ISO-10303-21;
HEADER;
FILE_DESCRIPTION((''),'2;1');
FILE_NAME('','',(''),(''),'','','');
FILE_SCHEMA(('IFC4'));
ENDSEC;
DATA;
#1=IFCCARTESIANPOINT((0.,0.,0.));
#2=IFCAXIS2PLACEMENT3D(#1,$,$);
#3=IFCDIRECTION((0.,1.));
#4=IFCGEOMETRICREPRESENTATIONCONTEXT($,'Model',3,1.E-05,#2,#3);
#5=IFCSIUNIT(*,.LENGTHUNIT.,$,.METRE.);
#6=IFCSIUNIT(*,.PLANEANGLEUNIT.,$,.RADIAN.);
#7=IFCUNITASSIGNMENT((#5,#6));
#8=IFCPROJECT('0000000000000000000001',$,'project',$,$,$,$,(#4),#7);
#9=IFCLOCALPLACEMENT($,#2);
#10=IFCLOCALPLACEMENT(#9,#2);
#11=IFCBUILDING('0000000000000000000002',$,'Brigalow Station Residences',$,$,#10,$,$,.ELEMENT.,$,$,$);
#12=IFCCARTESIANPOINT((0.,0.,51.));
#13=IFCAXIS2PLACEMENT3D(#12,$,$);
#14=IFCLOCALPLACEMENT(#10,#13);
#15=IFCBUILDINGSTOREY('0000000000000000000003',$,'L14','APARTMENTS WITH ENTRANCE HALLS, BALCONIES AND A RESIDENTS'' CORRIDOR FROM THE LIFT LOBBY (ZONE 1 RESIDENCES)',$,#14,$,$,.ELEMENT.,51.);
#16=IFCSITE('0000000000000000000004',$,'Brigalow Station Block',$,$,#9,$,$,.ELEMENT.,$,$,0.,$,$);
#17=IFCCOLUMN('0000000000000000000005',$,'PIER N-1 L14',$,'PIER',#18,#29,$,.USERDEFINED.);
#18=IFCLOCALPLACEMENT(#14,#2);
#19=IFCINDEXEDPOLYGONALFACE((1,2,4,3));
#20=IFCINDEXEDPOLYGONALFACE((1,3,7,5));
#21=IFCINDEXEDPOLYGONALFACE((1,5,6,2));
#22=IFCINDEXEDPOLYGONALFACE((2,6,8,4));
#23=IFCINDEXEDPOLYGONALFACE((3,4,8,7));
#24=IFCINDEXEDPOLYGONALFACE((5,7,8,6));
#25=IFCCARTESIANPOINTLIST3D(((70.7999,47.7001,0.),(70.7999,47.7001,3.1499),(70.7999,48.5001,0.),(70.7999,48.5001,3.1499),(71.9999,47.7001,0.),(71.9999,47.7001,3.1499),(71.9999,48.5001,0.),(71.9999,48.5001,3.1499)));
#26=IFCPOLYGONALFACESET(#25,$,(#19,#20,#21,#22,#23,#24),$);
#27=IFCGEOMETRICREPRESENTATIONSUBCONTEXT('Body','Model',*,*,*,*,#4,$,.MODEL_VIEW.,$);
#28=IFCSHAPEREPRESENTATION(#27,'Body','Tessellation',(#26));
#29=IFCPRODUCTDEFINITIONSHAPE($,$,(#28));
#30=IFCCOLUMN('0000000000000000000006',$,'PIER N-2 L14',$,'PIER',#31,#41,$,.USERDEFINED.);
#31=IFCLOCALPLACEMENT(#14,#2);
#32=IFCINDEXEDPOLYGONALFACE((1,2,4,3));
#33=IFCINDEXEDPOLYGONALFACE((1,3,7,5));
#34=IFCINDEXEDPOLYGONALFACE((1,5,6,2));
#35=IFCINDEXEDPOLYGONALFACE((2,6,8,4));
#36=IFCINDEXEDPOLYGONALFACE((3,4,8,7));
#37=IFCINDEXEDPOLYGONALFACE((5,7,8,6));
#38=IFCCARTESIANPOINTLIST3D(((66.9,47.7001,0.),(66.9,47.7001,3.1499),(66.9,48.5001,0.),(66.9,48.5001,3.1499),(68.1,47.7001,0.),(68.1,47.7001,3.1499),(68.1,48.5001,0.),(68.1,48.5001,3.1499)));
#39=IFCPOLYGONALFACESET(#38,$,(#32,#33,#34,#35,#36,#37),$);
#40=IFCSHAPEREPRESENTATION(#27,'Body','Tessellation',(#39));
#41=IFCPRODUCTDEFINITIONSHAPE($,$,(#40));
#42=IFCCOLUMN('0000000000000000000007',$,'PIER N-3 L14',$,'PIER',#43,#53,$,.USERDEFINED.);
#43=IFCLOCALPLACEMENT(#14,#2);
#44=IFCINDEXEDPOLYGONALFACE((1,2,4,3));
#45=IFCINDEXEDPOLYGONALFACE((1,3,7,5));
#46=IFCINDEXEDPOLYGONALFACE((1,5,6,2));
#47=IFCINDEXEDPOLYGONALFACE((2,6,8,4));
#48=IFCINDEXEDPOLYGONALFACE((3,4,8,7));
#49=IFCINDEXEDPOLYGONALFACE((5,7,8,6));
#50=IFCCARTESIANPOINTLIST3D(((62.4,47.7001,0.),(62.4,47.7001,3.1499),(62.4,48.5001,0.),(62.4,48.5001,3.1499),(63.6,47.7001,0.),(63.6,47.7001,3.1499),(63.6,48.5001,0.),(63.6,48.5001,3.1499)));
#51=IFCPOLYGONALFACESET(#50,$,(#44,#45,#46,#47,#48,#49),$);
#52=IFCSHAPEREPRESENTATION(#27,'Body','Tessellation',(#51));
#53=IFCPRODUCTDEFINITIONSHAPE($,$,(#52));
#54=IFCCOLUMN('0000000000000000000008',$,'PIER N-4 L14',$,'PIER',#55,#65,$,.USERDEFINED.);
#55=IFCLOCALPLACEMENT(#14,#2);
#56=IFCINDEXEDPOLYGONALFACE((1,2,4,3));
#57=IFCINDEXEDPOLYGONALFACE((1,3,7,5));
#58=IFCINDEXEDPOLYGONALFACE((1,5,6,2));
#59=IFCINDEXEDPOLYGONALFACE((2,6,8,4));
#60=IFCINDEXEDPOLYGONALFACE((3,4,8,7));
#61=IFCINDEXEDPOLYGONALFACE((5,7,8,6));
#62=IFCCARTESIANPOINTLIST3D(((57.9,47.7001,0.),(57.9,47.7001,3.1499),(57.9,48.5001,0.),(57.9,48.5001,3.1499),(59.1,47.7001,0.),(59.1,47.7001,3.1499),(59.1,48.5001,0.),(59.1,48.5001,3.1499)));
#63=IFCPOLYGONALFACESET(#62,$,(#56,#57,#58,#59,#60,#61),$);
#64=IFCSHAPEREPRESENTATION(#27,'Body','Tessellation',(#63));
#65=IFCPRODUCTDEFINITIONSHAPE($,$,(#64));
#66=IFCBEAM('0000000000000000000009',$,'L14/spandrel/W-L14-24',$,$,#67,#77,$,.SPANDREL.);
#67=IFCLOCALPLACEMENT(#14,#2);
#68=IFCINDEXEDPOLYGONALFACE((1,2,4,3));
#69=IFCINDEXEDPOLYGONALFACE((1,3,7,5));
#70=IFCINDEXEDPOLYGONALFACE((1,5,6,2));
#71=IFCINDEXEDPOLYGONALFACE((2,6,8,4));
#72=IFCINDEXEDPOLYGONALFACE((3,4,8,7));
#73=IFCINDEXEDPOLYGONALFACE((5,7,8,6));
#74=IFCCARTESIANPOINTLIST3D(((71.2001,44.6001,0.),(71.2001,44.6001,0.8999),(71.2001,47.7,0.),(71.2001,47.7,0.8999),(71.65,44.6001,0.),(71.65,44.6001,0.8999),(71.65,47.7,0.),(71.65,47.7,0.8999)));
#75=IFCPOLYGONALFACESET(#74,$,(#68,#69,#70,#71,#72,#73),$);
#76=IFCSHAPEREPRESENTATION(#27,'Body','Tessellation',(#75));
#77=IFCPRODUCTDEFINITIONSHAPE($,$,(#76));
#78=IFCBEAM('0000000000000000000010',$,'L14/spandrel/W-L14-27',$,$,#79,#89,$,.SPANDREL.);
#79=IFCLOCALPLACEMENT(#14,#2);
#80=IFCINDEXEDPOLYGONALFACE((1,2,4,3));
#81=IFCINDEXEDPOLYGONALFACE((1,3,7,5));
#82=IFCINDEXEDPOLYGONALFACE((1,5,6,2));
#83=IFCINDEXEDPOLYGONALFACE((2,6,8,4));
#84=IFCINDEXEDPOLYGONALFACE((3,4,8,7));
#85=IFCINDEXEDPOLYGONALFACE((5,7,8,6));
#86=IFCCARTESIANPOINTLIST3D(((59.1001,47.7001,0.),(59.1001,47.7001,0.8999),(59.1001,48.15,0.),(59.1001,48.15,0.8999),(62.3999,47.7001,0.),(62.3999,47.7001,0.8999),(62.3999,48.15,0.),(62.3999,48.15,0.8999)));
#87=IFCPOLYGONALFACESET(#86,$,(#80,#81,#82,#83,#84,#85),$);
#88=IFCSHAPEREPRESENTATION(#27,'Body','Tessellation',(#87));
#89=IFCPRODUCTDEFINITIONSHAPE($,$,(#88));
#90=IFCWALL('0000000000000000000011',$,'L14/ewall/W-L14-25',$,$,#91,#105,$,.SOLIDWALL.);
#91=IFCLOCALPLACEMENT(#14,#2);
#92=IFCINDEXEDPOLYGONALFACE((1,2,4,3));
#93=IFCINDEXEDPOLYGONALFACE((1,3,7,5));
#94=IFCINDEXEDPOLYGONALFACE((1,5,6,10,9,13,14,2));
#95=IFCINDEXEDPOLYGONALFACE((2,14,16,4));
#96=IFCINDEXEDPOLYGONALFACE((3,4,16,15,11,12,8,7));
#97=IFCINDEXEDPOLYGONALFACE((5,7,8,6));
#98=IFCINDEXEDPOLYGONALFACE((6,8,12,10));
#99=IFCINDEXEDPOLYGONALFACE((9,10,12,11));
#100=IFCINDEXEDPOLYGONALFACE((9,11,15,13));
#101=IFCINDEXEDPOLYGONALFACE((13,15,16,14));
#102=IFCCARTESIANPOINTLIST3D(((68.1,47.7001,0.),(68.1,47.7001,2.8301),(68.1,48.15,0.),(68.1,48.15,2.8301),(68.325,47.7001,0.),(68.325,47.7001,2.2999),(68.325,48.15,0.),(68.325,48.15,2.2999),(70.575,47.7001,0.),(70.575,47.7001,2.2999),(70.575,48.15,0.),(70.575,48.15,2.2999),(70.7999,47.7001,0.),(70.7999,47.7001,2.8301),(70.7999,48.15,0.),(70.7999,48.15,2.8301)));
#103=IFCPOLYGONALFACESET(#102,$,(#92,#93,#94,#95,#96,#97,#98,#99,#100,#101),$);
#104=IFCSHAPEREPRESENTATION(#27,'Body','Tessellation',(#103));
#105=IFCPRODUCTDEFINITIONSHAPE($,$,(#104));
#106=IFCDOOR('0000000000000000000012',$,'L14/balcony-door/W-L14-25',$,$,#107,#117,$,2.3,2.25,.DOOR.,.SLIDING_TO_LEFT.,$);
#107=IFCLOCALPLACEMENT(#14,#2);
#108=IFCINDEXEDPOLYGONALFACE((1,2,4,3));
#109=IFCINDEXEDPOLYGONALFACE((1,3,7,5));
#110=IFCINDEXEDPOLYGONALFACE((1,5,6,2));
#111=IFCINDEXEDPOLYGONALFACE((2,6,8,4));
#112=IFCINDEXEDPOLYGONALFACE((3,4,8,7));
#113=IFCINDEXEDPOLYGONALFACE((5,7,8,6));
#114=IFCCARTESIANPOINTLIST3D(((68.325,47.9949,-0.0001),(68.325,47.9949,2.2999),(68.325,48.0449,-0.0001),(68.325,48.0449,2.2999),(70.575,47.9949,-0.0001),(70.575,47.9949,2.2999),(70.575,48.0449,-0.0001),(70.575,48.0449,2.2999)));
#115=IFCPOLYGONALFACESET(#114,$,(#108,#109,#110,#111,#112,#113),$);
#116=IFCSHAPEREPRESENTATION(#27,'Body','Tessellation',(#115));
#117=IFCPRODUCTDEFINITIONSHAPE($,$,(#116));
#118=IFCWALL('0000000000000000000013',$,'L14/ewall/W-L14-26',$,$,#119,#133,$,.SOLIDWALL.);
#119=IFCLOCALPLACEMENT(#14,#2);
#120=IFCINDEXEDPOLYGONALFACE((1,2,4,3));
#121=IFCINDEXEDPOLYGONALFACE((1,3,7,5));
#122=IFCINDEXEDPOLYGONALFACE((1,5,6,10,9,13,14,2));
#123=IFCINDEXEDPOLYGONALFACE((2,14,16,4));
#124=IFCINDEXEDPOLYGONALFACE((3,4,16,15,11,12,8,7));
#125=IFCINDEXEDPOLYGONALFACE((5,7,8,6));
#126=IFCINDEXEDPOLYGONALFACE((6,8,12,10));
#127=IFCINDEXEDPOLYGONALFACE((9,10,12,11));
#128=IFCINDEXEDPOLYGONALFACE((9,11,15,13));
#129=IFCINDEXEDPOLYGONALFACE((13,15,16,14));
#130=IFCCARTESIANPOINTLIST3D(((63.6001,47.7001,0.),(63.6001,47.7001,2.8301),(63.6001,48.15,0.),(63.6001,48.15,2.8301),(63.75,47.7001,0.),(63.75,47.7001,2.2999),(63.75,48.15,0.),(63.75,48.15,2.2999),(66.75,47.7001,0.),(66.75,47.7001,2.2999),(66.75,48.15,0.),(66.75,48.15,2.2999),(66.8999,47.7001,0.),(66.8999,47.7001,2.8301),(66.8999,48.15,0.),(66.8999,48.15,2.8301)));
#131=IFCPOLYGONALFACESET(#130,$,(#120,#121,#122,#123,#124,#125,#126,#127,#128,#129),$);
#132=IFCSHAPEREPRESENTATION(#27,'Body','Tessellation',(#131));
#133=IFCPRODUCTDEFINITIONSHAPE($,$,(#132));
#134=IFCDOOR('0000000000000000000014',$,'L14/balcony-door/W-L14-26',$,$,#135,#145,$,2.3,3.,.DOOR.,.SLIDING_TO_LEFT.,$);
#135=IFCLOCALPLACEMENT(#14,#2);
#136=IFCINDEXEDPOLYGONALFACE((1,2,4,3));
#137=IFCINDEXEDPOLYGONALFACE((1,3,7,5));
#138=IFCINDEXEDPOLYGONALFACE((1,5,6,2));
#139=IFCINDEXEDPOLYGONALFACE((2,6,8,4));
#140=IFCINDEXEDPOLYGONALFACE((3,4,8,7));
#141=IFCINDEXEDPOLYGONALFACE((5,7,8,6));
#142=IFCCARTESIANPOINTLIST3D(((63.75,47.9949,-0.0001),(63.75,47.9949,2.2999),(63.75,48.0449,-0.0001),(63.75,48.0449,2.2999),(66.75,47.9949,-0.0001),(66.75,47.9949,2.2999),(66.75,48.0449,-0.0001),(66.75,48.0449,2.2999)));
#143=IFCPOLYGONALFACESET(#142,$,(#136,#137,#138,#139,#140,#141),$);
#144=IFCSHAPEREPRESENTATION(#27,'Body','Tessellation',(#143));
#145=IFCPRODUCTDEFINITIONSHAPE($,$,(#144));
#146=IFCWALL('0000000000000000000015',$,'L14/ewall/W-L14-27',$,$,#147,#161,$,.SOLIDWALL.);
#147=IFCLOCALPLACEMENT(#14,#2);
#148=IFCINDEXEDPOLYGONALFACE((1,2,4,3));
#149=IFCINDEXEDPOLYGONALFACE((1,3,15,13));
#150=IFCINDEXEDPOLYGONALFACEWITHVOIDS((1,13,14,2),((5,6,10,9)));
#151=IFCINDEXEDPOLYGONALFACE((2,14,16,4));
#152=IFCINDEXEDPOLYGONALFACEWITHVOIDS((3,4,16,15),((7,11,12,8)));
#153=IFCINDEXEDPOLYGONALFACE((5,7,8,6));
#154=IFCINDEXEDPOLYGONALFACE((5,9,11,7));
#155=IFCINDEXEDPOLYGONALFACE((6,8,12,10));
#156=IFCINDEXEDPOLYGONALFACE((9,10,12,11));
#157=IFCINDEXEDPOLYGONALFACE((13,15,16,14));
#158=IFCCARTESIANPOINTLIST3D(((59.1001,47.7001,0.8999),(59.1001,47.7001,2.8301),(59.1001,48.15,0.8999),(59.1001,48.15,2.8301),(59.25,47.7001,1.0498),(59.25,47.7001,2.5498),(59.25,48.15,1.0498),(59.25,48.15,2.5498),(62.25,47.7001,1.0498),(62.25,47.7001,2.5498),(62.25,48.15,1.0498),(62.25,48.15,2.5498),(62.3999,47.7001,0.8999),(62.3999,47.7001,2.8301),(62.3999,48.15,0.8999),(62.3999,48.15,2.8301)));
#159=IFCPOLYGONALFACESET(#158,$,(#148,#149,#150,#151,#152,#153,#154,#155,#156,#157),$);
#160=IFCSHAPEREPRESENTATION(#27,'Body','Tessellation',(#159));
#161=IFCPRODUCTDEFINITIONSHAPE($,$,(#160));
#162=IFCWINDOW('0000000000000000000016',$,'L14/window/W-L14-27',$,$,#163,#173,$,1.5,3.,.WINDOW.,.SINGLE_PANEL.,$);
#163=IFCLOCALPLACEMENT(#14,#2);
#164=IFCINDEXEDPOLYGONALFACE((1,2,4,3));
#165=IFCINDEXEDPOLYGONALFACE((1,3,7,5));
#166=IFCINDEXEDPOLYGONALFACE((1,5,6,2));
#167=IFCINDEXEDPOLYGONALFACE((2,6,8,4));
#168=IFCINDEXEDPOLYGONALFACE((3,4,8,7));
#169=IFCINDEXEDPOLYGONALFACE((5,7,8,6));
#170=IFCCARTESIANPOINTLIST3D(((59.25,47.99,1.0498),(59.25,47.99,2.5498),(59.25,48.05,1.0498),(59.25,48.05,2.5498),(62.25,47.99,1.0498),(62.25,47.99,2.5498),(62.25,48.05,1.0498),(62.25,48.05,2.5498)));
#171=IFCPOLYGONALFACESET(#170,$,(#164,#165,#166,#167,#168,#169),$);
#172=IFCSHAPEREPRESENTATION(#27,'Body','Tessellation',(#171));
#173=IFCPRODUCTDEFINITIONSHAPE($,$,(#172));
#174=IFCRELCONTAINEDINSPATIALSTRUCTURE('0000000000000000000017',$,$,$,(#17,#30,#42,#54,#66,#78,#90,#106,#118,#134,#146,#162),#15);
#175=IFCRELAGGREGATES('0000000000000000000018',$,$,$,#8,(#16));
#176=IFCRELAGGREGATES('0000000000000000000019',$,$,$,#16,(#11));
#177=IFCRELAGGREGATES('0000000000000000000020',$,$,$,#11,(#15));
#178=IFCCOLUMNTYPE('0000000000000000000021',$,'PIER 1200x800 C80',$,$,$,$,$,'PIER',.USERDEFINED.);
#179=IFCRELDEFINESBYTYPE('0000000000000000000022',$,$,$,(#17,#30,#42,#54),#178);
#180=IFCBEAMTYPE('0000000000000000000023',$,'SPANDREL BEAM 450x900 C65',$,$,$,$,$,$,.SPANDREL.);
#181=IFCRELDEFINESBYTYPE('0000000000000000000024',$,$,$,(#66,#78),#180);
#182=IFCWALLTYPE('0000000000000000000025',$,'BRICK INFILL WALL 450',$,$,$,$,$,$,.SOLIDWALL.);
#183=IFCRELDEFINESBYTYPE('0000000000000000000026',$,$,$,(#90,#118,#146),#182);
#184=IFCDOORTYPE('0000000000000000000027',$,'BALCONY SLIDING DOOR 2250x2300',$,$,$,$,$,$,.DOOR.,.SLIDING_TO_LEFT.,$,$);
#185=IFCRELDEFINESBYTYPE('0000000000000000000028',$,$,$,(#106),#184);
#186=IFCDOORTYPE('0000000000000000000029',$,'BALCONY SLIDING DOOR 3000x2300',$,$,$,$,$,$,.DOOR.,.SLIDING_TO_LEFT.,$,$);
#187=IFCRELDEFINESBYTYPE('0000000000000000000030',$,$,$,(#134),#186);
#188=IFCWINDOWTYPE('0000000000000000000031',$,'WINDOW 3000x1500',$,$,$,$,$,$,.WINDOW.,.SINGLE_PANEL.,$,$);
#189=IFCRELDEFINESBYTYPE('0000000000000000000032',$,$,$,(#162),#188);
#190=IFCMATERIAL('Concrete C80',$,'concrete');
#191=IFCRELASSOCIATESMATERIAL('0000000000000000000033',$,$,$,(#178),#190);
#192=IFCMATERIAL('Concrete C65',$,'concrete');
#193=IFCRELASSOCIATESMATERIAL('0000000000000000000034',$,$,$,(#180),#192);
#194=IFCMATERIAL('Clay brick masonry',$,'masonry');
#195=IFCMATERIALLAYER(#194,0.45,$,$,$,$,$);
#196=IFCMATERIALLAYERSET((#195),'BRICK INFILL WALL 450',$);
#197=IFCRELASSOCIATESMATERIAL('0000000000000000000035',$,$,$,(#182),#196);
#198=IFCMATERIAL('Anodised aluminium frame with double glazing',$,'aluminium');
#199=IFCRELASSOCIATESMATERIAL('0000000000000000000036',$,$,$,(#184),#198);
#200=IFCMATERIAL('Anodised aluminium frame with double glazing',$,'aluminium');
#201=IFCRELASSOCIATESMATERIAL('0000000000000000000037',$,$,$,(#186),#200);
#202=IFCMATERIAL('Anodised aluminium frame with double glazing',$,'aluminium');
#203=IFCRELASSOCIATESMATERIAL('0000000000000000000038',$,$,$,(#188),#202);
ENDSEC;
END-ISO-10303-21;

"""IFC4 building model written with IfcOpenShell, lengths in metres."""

from ifc_helpers import new_model, si_unit, direction, frame, frame_2d, origin, origin_2d, place, context, subcontext, project, spatial, rectangle, extrude, material, layer, layer_set, material_profile, profile_set, type_object, element, fill, save


model = new_model("IFC4")

# Units and contexts
model_context = context("Model", 3, precision=1e-05, world=origin(), true_north=direction((0.0, 1.0)))
body_context = subcontext(model_context, "Body", "Model", "MODEL_VIEW")
ifc_project = project(units=[si_unit("LENGTHUNIT", "METRE"), si_unit("PLANEANGLEUNIT", "RADIAN")], contexts=[model_context])

# Site, building, storey
site_placement = place(None, origin())
site = spatial("IfcSite", under=ifc_project, at=site_placement, Name="Brigalow Station Block", CompositionType="ELEMENT", RefElevation=0.0)
building_placement = place(site_placement, origin())
building = spatial("IfcBuilding", under=site, at=building_placement, Name="Brigalow Station Residences", CompositionType="ELEMENT")
storey_placement = place(building_placement, frame((0.0, 0.0, 51.0)))
storey = spatial("IfcBuildingStorey", under=building, at=storey_placement, Name="L14", Description="APARTMENTS WITH ENTRANCE HALLS, BALCONIES AND A RESIDENTS' CORRIDOR FROM THE LIFT LOBBY (ZONE 1 RESIDENCES)", CompositionType="ELEMENT", Elevation=51.0)

# Columns
ifc_material_1 = material(Name="Concrete C80", Category="concrete")
ifc_material_profile_1 = material_profile(ifc_material_1, rectangle(XDim=1.2, YDim=0.8, at=origin_2d()), Name="RC1200x800")
ifc_profile_set_1 = profile_set([ifc_material_profile_1], Name="Concrete C80")
column_type = type_object("IfcColumnType", Name="PIER 1200x800 C80", ElementType="PIER", PredefinedType="USERDEFINED", material=ifc_profile_set_1)
for number, where, z_axis, x_axis, name in (
    (1, (71.3999, 48.1001, 0.0), (0.0, 0.0, 1.0), (-1.0, 0.0, 0.0), "PIER N-1 L14"),
    (2, (67.5, 48.1001, 0.0), (0.0, 0.0, 1.0), (-1.0, 0.0, 0.0), "PIER N-2 L14"),
    (3, (63.0, 48.1001, 0.0), (0.0, 0.0, 1.0), (-1.0, 0.0, 0.0), "PIER N-3 L14"),
    (4, (58.5, 48.1001, 0.0), (0.0, 0.0, 1.0), (-1.0, 0.0, 0.0), "PIER N-4 L14"),
):
    element("IfcColumn", number, at=place(storey_placement, frame(where, z_axis=z_axis, x_axis=x_axis)), inside=storey, type_object=column_type, Name=name, ObjectType="PIER", PredefinedType="USERDEFINED", context=body_context, shape_type="SweptSolid", body=[
        extrude(rectangle(XDim=1.2, YDim=0.8, at=origin_2d()), origin(), (0.0, 0.0, 1.0), 3.1499),
    ])

# Beams
ifc_material_2 = material(Name="Concrete C65", Category="concrete")
ifc_material_profile_2 = material_profile(ifc_material_2, rectangle(XDim=0.45, YDim=0.8999, at=origin_2d()), Name="RC450x900")
ifc_profile_set_2 = profile_set([ifc_material_profile_2], Name="Concrete C65")
beam_type = type_object("IfcBeamType", Name="SPANDREL BEAM 450x900 C65", PredefinedType="SPANDREL", material=ifc_profile_set_2)
beam_1_placement = place(storey_placement, frame((71.425, 44.6001, 0.45), z_axis=(0.0, 1.0, 0.0), x_axis=(-1.0, 0.0, 0.0)))
element("IfcBeam", 5, at=beam_1_placement, inside=storey, type_object=beam_type, Name="L14/spandrel/W-L14-24", PredefinedType="SPANDREL", context=body_context, shape_type="SweptSolid", body=[
    extrude(rectangle(XDim=0.45, YDim=0.8999, at=origin_2d()), origin(), (0.0, 0.0, 1.0), 3.0999),
])
beam_2_placement = place(storey_placement, frame((62.3999, 47.925, 0.45), z_axis=(-1.0, 0.0, 0.0), x_axis=(0.0, -1.0, 0.0)))
element("IfcBeam", 6, at=beam_2_placement, inside=storey, type_object=beam_type, Name="L14/spandrel/W-L14-27", PredefinedType="SPANDREL", context=body_context, shape_type="SweptSolid", body=[
    extrude(rectangle(XDim=0.45, YDim=0.8999, at=origin_2d()), origin(), (0.0, 0.0, 1.0), 3.2998),
])

# Walls, openings, doors
ifc_material_3 = material(Name="Clay brick masonry", Category="masonry")
ifc_layer_1 = layer(ifc_material_3, 0.45)
ifc_layer_set_1 = layer_set([ifc_layer_1], Name="BRICK INFILL WALL 450")
wall_type_1 = type_object("IfcWallType", Name="BRICK INFILL WALL 450", PredefinedType="SOLIDWALL", material=ifc_layer_set_1)
wall_1_placement = place(storey_placement, frame((70.8, 47.925, 0.0), z_axis=(0.0, 0.0, 1.0), x_axis=(-1.0, 0.0, 0.0)))
wall_1 = element("IfcWall", 7, at=wall_1_placement, inside=storey, type_object=wall_type_1, Name="L14/ewall/W-L14-25", PredefinedType="SOLIDWALL", context=body_context, shape_type="SweptSolid", body=[
    extrude(rectangle(XDim=2.7, YDim=0.45, at=frame_2d((1.3501, 0.0))), origin(), (0.0, 0.0, 1.0), 2.8301),
])
opening_1_placement = place(wall_1_placement, frame((0.2251, 0.0, 0.0)))
opening_1 = element("IfcOpeningElement", 8, at=opening_1_placement, cuts=wall_1, PredefinedType="OPENING", context=body_context, shape_type="SweptSolid", body=[
    extrude(rectangle(XDim=2.25, YDim=2.3, at=frame_2d((1.125, 1.1499))), frame((0.0, 0.2349, 0.0), z_axis=(0.0, -1.0, 0.0), x_axis=(1.0, 0.0, 0.0)), (0.0, 0.0, 1.0), 0.47),
])
ifc_material_4 = material(Name="Anodised aluminium frame with double glazing", Category="aluminium")
door_type_1 = type_object("IfcDoorType", Name="BALCONY SLIDING DOOR 2250x2300", OperationType="SLIDING_TO_LEFT", PredefinedType="DOOR", material=ifc_material_4)
door_1_placement = place(opening_1_placement, origin())
door_1 = element("IfcDoor", 9, at=door_1_placement, inside=storey, type_object=door_type_1, Name="L14/balcony-door/W-L14-25", OperationType="SLIDING_TO_LEFT", OverallHeight=2.3, OverallWidth=2.25, PredefinedType="DOOR", context=body_context, shape_type="SweptSolid", body=[
    extrude(rectangle(XDim=2.25, YDim=2.3, at=frame_2d((1.125, 1.1499))), frame((0.0, -0.0698, 0.0), z_axis=(0.0, -1.0, 0.0), x_axis=(1.0, 0.0, 0.0)), (0.0, 0.0, 1.0), 0.05),
])
fill(opening_1, door_1)
wall_2_placement = place(storey_placement, frame((66.8999, 47.925, 0.0), z_axis=(0.0, 0.0, 1.0), x_axis=(-1.0, 0.0, 0.0)))
wall_2 = element("IfcWall", 10, at=wall_2_placement, inside=storey, type_object=wall_type_1, Name="L14/ewall/W-L14-26", PredefinedType="SOLIDWALL", context=body_context, shape_type="SweptSolid", body=[
    extrude(rectangle(XDim=3.2998, YDim=0.45, at=frame_2d((1.6499, 0.0))), origin(), (0.0, 0.0, 1.0), 2.8301),
])
opening_2_placement = place(wall_2_placement, frame((0.1499, 0.0, 0.0)))
opening_2 = element("IfcOpeningElement", 11, at=opening_2_placement, cuts=wall_2, PredefinedType="OPENING", context=body_context, shape_type="SweptSolid", body=[
    extrude(rectangle(XDim=3.0, YDim=2.3, at=frame_2d((1.5, 1.1499))), frame((0.0, 0.2349, 0.0), z_axis=(0.0, -1.0, 0.0), x_axis=(1.0, 0.0, 0.0)), (0.0, 0.0, 1.0), 0.47),
])
ifc_material_5 = material(Name="Anodised aluminium frame with double glazing", Category="aluminium")
door_type_2 = type_object("IfcDoorType", Name="BALCONY SLIDING DOOR 3000x2300", OperationType="SLIDING_TO_LEFT", PredefinedType="DOOR", material=ifc_material_5)
door_2_placement = place(opening_2_placement, origin())
door_2 = element("IfcDoor", 12, at=door_2_placement, inside=storey, type_object=door_type_2, Name="L14/balcony-door/W-L14-26", OperationType="SLIDING_TO_LEFT", OverallHeight=2.3, OverallWidth=3.0, PredefinedType="DOOR", context=body_context, shape_type="SweptSolid", body=[
    extrude(rectangle(XDim=3.0, YDim=2.3, at=frame_2d((1.5, 1.1499))), frame((0.0, -0.0698, 0.0), z_axis=(0.0, -1.0, 0.0), x_axis=(1.0, 0.0, 0.0)), (0.0, 0.0, 1.0), 0.05),
])
fill(opening_2, door_2)

# Wall, opening, window
wall_3_placement = place(storey_placement, frame((62.3999, 47.925, 0.8999), z_axis=(0.0, 0.0, 1.0), x_axis=(-1.0, 0.0, 0.0)))
wall_3 = element("IfcWall", 13, at=wall_3_placement, inside=storey, type_object=wall_type_1, Name="L14/ewall/W-L14-27", PredefinedType="SOLIDWALL", context=body_context, shape_type="SweptSolid", body=[
    extrude(rectangle(XDim=3.2998, YDim=0.45, at=frame_2d((1.6499, 0.0))), origin(), (0.0, 0.0, 1.0), 1.9302),
])
opening_3_placement = place(wall_3_placement, frame((0.1499, 0.0, 0.1499)))
opening_3 = element("IfcOpeningElement", 14, at=opening_3_placement, cuts=wall_3, PredefinedType="OPENING", context=body_context, shape_type="SweptSolid", body=[
    extrude(rectangle(XDim=3.0, YDim=1.5, at=frame_2d((1.5, 0.75))), frame((0.0, 0.2349, 0.0), z_axis=(0.0, -1.0, 0.0), x_axis=(1.0, 0.0, 0.0)), (0.0, 0.0, 1.0), 0.47),
])
ifc_material_6 = material(Name="Anodised aluminium frame with double glazing", Category="aluminium")
window_type = type_object("IfcWindowType", Name="WINDOW 3000x1500", PartitioningType="SINGLE_PANEL", PredefinedType="WINDOW", material=ifc_material_6)
window_placement = place(opening_3_placement, origin())
window = element("IfcWindow", 15, at=window_placement, inside=storey, type_object=window_type, Name="L14/window/W-L14-27", OverallHeight=1.5, OverallWidth=3.0, PartitioningType="SINGLE_PANEL", PredefinedType="WINDOW", context=body_context, shape_type="SweptSolid", body=[
    extrude(rectangle(XDim=3.0, YDim=1.5, at=frame_2d((1.5, 0.75))), frame((0.0, -0.0649, 0.0), z_axis=(0.0, -1.0, 0.0), x_axis=(1.0, 0.0, 0.0)), (0.0, 0.0, 1.0), 0.0601),
])
fill(opening_3, window)

save(model, "model.ifc")
